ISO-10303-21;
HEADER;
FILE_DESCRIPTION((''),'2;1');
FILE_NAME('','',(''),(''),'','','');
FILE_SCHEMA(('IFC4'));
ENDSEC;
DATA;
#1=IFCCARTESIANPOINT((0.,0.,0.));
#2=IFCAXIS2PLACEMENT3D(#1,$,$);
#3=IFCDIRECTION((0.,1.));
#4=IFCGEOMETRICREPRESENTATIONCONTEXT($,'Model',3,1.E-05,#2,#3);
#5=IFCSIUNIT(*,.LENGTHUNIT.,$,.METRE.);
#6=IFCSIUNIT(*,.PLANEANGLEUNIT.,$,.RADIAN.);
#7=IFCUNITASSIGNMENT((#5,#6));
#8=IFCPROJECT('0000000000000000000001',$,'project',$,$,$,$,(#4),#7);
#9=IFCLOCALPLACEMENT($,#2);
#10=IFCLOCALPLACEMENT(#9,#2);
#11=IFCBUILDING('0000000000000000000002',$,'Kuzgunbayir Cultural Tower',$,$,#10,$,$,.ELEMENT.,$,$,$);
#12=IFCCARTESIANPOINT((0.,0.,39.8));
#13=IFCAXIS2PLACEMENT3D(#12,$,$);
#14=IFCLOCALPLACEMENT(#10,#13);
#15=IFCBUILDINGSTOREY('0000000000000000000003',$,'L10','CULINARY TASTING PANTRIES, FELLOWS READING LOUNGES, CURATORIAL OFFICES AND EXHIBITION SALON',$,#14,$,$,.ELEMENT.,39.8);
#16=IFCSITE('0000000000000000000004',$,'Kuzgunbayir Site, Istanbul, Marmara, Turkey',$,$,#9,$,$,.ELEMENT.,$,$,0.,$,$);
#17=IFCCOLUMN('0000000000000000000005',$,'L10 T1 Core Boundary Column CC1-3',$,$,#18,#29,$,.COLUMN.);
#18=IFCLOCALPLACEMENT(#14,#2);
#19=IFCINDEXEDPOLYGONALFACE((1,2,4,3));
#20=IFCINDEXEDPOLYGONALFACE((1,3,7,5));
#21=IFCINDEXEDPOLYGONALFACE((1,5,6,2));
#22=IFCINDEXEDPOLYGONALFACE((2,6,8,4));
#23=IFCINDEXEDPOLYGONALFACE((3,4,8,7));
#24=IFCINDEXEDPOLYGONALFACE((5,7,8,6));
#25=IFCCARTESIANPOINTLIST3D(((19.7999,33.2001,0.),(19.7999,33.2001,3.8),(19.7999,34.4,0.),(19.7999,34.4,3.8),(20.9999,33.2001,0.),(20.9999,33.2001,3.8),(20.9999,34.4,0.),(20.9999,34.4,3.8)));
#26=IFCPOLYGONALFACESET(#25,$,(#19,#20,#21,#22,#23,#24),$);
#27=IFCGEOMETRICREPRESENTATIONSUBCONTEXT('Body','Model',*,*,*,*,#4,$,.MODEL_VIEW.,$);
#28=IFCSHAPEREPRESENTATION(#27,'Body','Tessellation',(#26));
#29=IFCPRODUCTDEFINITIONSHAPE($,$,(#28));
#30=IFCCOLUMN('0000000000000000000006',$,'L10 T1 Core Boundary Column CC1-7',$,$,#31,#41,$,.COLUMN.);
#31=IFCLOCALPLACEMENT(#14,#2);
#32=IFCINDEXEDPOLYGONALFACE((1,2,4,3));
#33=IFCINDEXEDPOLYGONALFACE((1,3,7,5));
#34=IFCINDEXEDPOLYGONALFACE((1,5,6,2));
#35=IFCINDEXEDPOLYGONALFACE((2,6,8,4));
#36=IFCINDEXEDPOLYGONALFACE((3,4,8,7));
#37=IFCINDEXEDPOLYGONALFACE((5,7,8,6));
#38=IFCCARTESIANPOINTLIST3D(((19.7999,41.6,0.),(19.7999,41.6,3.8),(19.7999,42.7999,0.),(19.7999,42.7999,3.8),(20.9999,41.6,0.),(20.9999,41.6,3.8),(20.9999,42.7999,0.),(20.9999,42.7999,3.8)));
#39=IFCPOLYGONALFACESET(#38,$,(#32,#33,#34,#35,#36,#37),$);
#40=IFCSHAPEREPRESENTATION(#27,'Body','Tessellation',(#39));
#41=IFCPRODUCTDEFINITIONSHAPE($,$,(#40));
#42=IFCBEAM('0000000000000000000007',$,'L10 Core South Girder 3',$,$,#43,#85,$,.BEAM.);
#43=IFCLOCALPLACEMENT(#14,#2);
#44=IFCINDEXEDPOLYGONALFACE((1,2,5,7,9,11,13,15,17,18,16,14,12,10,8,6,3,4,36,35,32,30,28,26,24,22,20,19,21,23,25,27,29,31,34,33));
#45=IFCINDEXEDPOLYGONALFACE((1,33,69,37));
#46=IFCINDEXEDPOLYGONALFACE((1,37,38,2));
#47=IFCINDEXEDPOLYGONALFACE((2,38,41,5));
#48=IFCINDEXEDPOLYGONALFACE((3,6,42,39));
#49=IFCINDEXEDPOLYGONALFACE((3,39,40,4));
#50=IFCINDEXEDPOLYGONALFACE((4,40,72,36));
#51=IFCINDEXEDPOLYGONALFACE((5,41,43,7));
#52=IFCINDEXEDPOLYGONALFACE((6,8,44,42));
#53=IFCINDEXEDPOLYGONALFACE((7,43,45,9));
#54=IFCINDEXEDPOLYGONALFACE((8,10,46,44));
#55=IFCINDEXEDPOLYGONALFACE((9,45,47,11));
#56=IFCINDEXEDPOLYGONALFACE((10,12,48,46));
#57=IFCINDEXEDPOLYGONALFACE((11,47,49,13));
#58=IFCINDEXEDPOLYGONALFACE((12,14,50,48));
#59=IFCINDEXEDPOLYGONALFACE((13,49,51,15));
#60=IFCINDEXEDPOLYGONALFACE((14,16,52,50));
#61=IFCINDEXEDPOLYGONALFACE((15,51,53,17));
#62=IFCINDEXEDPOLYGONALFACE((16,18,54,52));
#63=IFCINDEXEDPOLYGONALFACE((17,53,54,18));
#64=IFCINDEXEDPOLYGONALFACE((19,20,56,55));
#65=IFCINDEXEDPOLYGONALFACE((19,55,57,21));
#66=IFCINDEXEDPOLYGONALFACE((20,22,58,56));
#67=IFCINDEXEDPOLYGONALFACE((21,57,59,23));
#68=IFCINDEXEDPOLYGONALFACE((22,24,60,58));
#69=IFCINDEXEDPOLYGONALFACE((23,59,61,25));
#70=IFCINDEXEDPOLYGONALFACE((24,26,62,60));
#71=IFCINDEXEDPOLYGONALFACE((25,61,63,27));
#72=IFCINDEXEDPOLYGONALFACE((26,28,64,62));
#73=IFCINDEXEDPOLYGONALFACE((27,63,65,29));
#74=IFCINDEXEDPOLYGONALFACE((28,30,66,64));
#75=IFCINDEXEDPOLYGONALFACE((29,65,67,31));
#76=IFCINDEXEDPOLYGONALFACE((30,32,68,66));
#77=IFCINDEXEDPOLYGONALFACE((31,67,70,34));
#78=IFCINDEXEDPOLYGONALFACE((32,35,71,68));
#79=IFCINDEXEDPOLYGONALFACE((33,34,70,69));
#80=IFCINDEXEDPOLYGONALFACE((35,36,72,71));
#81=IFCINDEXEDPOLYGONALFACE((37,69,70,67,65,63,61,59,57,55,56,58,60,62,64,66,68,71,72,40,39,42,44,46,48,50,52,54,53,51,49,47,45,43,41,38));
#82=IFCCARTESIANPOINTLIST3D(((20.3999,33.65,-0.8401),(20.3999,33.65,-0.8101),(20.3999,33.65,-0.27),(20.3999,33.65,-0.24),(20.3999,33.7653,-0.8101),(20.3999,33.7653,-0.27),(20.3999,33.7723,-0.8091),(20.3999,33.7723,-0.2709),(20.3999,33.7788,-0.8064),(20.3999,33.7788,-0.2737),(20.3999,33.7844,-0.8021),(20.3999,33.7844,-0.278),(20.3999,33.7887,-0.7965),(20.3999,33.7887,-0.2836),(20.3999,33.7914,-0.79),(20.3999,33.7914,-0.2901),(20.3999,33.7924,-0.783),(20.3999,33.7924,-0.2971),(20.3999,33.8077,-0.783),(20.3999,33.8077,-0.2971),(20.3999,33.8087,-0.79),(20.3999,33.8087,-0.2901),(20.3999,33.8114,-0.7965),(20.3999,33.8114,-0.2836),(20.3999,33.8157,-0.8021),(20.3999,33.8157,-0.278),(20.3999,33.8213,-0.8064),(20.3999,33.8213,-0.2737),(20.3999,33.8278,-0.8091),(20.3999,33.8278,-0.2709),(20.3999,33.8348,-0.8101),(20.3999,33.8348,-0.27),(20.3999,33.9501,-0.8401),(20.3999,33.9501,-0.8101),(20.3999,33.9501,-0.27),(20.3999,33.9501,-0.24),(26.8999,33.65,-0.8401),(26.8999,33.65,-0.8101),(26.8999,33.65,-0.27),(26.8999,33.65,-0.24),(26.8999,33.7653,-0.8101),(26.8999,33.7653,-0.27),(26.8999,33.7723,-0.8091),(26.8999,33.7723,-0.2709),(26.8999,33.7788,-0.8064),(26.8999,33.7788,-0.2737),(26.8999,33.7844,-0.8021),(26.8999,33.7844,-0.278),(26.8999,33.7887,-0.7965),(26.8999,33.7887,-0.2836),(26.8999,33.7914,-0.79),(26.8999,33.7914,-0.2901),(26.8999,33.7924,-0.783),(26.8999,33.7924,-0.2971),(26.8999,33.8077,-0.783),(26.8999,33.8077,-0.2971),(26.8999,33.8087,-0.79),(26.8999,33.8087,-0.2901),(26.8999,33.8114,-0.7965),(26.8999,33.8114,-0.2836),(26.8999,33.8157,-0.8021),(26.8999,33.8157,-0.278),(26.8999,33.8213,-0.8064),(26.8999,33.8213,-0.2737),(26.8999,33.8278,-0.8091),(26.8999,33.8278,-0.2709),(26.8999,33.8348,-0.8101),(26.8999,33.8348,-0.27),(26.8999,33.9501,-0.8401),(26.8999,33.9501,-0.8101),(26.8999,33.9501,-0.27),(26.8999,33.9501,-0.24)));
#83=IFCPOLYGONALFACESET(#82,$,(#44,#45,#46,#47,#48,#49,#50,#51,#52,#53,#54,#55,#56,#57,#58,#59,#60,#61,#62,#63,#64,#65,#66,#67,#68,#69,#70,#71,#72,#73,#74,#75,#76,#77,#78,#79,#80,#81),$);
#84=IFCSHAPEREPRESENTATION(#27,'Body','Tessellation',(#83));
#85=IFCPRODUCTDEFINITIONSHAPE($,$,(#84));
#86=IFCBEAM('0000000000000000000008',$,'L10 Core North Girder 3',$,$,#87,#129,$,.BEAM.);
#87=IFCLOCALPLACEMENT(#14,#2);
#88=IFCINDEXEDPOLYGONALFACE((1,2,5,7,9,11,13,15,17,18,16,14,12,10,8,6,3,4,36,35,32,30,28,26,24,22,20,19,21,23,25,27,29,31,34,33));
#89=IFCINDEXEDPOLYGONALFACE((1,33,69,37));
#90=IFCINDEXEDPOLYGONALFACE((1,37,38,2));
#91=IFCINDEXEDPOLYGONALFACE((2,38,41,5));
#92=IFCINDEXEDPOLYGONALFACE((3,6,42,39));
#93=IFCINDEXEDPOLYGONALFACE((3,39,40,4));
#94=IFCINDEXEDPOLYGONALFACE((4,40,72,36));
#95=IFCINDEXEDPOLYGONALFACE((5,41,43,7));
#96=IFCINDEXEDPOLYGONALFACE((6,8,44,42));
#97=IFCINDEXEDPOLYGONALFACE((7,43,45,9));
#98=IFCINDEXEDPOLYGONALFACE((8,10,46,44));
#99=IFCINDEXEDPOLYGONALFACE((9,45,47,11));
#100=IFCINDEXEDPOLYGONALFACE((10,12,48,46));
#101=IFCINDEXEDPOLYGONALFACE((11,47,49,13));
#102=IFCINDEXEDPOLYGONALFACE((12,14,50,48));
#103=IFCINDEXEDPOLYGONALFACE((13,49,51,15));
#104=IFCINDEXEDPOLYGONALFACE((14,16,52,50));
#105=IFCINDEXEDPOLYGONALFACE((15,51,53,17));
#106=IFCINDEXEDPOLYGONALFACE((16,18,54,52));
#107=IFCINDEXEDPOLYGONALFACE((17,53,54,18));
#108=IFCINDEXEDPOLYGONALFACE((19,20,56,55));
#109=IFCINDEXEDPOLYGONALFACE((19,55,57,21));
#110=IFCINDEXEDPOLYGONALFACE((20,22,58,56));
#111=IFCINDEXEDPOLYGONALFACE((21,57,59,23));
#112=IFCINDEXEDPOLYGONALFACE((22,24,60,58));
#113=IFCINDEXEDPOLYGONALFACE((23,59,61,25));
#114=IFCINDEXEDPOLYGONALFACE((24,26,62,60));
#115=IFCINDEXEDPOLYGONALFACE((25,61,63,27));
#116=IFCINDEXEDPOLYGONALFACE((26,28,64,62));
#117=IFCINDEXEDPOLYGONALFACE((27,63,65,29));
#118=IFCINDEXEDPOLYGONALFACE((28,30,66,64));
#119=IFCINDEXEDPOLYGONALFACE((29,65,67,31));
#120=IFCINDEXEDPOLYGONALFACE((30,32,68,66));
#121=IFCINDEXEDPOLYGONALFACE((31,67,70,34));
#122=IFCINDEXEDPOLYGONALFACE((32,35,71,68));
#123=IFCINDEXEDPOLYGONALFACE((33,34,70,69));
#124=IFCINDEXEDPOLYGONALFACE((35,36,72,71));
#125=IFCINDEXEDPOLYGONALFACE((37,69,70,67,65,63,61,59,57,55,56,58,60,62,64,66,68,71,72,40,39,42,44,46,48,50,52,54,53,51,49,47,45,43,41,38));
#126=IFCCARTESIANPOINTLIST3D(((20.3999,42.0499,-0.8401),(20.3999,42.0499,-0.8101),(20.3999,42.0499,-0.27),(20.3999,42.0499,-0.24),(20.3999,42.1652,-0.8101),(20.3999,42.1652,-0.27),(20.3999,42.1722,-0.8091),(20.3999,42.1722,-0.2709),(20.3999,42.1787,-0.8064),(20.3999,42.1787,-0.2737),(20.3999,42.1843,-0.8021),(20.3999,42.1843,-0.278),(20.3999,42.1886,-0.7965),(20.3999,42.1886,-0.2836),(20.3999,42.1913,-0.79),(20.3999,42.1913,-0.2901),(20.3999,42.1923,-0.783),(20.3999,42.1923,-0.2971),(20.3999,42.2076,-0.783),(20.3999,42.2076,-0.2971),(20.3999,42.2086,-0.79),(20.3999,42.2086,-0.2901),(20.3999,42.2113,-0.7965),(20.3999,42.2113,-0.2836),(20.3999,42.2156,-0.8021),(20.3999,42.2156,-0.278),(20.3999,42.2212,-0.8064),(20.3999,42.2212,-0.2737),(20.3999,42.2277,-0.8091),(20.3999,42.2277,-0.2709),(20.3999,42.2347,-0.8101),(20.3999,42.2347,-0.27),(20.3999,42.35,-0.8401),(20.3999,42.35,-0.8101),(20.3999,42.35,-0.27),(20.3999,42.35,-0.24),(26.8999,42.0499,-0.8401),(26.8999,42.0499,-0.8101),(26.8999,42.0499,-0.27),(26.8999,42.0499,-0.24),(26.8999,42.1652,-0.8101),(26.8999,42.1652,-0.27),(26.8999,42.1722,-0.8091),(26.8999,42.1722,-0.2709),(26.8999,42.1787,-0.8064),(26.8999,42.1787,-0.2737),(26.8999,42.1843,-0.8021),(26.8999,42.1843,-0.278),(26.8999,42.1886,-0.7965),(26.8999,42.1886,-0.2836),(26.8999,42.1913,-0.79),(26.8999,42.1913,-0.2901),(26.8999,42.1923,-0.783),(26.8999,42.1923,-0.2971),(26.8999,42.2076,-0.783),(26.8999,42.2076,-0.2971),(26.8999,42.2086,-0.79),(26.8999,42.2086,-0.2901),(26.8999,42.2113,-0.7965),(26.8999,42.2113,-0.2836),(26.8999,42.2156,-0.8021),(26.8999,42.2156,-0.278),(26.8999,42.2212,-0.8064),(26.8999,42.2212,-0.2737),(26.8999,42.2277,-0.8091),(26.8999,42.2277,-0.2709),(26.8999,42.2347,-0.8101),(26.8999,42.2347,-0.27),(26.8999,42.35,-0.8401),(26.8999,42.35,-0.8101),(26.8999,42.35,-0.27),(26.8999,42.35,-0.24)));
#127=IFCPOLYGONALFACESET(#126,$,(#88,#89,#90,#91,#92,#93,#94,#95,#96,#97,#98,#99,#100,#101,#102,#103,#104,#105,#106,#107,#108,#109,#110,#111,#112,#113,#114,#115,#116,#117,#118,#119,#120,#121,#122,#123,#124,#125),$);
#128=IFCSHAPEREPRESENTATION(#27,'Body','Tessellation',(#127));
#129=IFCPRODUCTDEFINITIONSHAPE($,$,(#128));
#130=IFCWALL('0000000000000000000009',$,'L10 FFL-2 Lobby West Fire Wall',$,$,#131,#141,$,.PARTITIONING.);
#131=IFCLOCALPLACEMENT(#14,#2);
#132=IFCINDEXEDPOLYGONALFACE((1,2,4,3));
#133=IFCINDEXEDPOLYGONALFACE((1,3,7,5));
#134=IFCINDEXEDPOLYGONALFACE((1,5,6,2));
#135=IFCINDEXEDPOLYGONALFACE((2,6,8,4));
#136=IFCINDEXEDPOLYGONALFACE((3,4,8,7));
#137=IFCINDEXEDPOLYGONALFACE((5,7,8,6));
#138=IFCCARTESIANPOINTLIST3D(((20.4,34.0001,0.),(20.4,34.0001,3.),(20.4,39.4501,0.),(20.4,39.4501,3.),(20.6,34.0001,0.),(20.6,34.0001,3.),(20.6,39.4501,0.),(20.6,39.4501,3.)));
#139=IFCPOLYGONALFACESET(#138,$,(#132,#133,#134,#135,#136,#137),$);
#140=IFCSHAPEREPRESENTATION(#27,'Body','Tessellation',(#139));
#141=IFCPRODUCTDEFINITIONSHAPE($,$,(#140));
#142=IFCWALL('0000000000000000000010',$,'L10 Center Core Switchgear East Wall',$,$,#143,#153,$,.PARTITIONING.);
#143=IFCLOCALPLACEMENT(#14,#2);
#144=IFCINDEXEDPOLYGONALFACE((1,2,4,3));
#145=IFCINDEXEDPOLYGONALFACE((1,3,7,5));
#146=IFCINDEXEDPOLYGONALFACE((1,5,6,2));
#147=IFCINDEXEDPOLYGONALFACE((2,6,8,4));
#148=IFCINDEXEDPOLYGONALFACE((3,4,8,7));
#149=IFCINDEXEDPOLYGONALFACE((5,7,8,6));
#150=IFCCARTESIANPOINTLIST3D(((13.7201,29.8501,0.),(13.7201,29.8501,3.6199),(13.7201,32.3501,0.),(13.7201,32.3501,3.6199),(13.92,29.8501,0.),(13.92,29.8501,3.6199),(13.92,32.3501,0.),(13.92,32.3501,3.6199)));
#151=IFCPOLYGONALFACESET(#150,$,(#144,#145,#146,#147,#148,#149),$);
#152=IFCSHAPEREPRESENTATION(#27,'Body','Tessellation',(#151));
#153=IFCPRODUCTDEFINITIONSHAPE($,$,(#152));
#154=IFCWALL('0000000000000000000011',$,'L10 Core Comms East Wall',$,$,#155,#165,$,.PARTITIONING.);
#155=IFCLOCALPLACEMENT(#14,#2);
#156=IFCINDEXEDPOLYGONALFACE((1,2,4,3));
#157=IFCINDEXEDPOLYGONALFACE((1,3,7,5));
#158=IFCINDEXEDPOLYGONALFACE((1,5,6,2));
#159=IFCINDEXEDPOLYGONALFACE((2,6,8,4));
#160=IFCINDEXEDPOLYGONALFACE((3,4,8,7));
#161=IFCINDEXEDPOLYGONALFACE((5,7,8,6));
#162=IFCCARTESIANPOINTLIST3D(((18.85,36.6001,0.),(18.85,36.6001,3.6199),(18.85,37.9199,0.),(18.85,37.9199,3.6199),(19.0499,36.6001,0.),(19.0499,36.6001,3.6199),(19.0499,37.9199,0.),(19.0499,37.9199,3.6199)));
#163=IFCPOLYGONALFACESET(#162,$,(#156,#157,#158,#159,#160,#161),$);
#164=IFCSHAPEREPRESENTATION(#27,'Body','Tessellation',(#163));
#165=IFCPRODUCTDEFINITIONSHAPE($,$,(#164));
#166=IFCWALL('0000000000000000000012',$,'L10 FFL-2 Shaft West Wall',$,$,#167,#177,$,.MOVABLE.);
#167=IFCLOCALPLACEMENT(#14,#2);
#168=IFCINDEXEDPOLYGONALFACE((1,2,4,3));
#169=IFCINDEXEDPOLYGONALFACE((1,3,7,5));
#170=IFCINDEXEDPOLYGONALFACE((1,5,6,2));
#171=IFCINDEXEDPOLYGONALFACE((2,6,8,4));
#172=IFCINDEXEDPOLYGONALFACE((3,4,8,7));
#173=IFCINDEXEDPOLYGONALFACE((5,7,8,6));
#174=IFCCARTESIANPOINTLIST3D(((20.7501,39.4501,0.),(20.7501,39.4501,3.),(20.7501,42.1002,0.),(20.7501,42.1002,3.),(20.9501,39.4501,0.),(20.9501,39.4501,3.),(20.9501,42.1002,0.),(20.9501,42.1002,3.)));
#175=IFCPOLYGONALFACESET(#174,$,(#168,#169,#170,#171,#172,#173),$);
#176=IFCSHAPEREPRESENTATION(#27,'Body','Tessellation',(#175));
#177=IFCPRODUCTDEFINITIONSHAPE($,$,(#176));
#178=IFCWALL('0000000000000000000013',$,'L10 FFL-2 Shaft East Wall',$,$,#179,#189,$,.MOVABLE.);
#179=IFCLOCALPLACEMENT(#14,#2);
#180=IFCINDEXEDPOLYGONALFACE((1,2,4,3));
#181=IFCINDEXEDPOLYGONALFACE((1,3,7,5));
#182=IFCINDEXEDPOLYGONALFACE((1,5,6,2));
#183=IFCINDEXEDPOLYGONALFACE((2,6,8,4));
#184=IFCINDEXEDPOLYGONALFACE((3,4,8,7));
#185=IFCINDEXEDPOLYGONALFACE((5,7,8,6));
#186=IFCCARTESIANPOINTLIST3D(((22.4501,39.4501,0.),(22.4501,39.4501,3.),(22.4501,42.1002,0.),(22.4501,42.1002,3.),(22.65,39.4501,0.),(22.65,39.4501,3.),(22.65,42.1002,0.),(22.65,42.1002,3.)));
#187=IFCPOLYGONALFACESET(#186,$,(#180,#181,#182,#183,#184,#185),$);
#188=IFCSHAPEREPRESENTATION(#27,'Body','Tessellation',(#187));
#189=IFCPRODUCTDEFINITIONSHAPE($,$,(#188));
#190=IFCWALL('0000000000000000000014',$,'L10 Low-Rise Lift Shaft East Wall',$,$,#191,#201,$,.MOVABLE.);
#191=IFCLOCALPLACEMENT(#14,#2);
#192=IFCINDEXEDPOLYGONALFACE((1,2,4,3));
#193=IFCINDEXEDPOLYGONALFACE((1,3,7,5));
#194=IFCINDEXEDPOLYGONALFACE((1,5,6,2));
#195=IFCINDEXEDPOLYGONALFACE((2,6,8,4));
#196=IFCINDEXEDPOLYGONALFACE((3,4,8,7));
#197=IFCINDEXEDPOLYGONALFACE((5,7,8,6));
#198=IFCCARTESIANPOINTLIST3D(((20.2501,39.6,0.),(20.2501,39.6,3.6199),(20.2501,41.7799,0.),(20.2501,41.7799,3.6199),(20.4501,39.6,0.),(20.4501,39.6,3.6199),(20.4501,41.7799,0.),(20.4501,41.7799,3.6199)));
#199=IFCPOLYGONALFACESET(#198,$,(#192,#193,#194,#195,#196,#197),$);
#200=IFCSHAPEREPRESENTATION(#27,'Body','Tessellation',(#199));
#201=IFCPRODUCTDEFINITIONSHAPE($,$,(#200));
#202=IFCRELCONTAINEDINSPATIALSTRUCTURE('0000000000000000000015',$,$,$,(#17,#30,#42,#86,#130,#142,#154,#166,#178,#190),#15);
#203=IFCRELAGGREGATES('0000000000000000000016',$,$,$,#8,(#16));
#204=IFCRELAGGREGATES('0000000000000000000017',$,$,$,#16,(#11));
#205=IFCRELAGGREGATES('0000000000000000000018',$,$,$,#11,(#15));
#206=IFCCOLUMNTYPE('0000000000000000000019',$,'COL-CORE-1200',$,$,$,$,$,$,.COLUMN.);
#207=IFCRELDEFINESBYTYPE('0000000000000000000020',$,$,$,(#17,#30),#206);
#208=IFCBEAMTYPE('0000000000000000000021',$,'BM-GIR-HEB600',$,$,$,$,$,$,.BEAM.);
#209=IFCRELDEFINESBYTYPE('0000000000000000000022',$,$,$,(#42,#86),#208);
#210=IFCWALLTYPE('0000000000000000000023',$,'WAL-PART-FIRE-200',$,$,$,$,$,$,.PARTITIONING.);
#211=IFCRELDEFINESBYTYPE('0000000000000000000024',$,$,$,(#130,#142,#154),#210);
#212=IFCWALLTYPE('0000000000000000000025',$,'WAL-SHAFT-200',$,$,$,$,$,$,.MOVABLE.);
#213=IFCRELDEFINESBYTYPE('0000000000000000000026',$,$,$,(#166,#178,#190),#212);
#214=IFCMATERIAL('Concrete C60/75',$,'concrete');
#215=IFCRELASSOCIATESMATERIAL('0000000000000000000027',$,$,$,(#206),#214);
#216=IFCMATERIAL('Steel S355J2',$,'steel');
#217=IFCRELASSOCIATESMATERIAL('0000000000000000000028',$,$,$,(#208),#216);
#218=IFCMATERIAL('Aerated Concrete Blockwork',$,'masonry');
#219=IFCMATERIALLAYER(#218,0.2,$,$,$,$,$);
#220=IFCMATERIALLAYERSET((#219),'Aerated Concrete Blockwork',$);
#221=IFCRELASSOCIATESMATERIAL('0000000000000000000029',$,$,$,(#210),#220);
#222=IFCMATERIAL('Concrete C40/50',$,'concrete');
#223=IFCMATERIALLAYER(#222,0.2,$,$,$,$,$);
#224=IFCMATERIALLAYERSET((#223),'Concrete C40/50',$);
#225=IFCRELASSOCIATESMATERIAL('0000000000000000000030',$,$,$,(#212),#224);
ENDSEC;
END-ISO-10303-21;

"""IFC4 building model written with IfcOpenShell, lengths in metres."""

from ifc_helpers import new_model, si_unit, direction, frame, frame_2d, origin, origin_2d, place, context, subcontext, project, spatial, rectangle, i_section, extrude, material, layer, layer_set, material_profile, profile_set, type_object, element, save


model = new_model("IFC4")

# Units and contexts
model_context = context("Model", 3, precision=1e-05, world=origin(), true_north=direction((0.0, 1.0)))
body_context = subcontext(model_context, "Body", "Model", "MODEL_VIEW")
ifc_project = project(units=[si_unit("LENGTHUNIT", "METRE"), si_unit("PLANEANGLEUNIT", "RADIAN")], contexts=[model_context])

# Site, building, storey
site_placement = place(None, origin())
site = spatial("IfcSite", under=ifc_project, at=site_placement, Name="Kuzgunbayir Site, Istanbul, Marmara, Turkey", CompositionType="ELEMENT", RefElevation=0.0)
building_placement = place(site_placement, origin())
building = spatial("IfcBuilding", under=site, at=building_placement, Name="Kuzgunbayir Cultural Tower", CompositionType="ELEMENT")
storey_placement = place(building_placement, frame((0.0, 0.0, 39.8)))
storey = spatial("IfcBuildingStorey", under=building, at=storey_placement, Name="L10", Description="CULINARY TASTING PANTRIES, FELLOWS READING LOUNGES, CURATORIAL OFFICES AND EXHIBITION SALON", CompositionType="ELEMENT", Elevation=39.8)

# Columns
ifc_material_1 = material(Name="Concrete C60/75", Category="concrete")
ifc_material_profile_1 = material_profile(ifc_material_1, rectangle(XDim=1.2, YDim=1.2, at=origin_2d()), Name="RC 1200x1200")
ifc_profile_set_1 = profile_set([ifc_material_profile_1], Name="Concrete C60/75")
column_type = type_object("IfcColumnType", Name="COL-CORE-1200", PredefinedType="COLUMN", material=ifc_profile_set_1)
for number, where, z_axis, x_axis, name in (
    (1, (20.3999, 33.8, 0.0), (0.0, 0.0, 1.0), (1.0, 0.0, 0.0), "L10 T1 Core Boundary Column CC1-3"),
    (2, (20.3999, 42.2, 0.0), (0.0, 0.0, 1.0), (1.0, 0.0, 0.0), "L10 T1 Core Boundary Column CC1-7"),
):
    element("IfcColumn", number, at=place(storey_placement, frame(where, z_axis=z_axis, x_axis=x_axis)), inside=storey, type_object=column_type, Name=name, PredefinedType="COLUMN", context=body_context, shape_type="SweptSolid", body=[
        extrude(rectangle(XDim=1.2, YDim=1.2, at=origin_2d()), origin(), (0.0, 0.0, 1.0), 3.8),
    ])

# Beams
ifc_material_2 = material(Name="Steel S355J2", Category="steel")
ifc_material_profile_2 = material_profile(ifc_material_2, i_section(OverallWidth=0.3, OverallDepth=0.6001, WebThickness=0.0154, FlangeThickness=0.03, FilletRadius=0.0271, at=origin_2d()), Name="HEB 600")
ifc_profile_set_2 = profile_set([ifc_material_profile_2], Name="Steel S355J2")
beam_type = type_object("IfcBeamType", Name="BM-GIR-HEB600", PredefinedType="BEAM", material=ifc_profile_set_2)
for number, where, z_axis, x_axis, name in (
    (3, (20.3999, 33.8, -0.54), (1.0, 0.0, 0.0), (0.0, 1.0, 0.0), "L10 Core South Girder 3"),
    (4, (20.3999, 42.2, -0.54), (1.0, 0.0, 0.0), (0.0, 1.0, 0.0), "L10 Core North Girder 3"),
):
    element("IfcBeam", number, at=place(storey_placement, frame(where, z_axis=z_axis, x_axis=x_axis)), inside=storey, type_object=beam_type, Name=name, PredefinedType="BEAM", context=body_context, shape_type="SweptSolid", body=[
        extrude(i_section(OverallWidth=0.3, OverallDepth=0.6001, WebThickness=0.0154, FlangeThickness=0.03, FilletRadius=0.0271, at=origin_2d()), origin(), (0.0, 0.0, 1.0), 6.5),
    ])

# Wall
ifc_material_3 = material(Name="Aerated Concrete Blockwork", Category="masonry")
ifc_layer_1 = layer(ifc_material_3, 0.2)
ifc_layer_set_1 = layer_set([ifc_layer_1], Name="Aerated Concrete Blockwork")
wall_type_1 = type_object("IfcWallType", Name="WAL-PART-FIRE-200", PredefinedType="PARTITIONING", material=ifc_layer_set_1)
wall_1_placement = place(storey_placement, frame((20.5, 34.0, 0.0), z_axis=(0.0, 0.0, 1.0), x_axis=(0.0, 1.0, 0.0)))
element("IfcWall", 5, at=wall_1_placement, inside=storey, type_object=wall_type_1, Name="L10 FFL-2 Lobby West Fire Wall", PredefinedType="PARTITIONING", context=body_context, shape_type="SweptSolid", body=[
    extrude(rectangle(XDim=5.45, YDim=0.2, at=frame_2d((2.7251, 0.0))), origin(), (0.0, 0.0, 1.0), 3.0),
])

# Walls
wall_2_placement = place(storey_placement, frame((13.8201, 29.8501, 0.0), z_axis=(0.0, 0.0, 1.0), x_axis=(0.0, 1.0, 0.0)))
element("IfcWall", 6, at=wall_2_placement, inside=storey, type_object=wall_type_1, Name="L10 Center Core Switchgear East Wall", PredefinedType="PARTITIONING", context=body_context, shape_type="SweptSolid", body=[
    extrude(rectangle(XDim=2.5, YDim=0.2, at=frame_2d((1.25, 0.0))), origin(), (0.0, 0.0, 1.0), 3.6199),
])
wall_3_placement = place(storey_placement, frame((18.95, 36.6001, 0.0), z_axis=(0.0, 0.0, 1.0), x_axis=(0.0, 1.0, 0.0)))
element("IfcWall", 7, at=wall_3_placement, inside=storey, type_object=wall_type_1, Name="L10 Core Comms East Wall", PredefinedType="PARTITIONING", context=body_context, shape_type="SweptSolid", body=[
    extrude(rectangle(XDim=1.3198, YDim=0.2, at=frame_2d((0.6599, 0.0))), origin(), (0.0, 0.0, 1.0), 3.6199),
])

# Shared definitions
ifc_material_4 = material(Name="Concrete C40/50", Category="concrete")
ifc_layer_2 = layer(ifc_material_4, 0.2)
ifc_layer_set_2 = layer_set([ifc_layer_2], Name="Concrete C40/50")
wall_type_2 = type_object("IfcWallType", Name="WAL-SHAFT-200", PredefinedType="MOVABLE", material=ifc_layer_set_2)

# Walls
for number, where, z_axis, x_axis, name in (
    (8, (20.8501, 39.45, 0.0), (0.0, 0.0, 1.0), (0.0, 1.0, 0.0), "L10 FFL-2 Shaft West Wall"),
    (9, (22.55, 39.45, 0.0), (0.0, 0.0, 1.0), (0.0, 1.0, 0.0), "L10 FFL-2 Shaft East Wall"),
):
    element("IfcWall", number, at=place(storey_placement, frame(where, z_axis=z_axis, x_axis=x_axis)), inside=storey, type_object=wall_type_2, Name=name, PredefinedType="MOVABLE", context=body_context, shape_type="SweptSolid", body=[
        extrude(rectangle(XDim=2.6501, YDim=0.2, at=frame_2d((1.3252, 0.0))), origin(), (0.0, 0.0, 1.0), 3.0),
    ])
wall_4_placement = place(storey_placement, frame((20.3501, 39.6001, 0.0), z_axis=(0.0, 0.0, 1.0), x_axis=(0.0, 1.0, 0.0)))
element("IfcWall", 10, at=wall_4_placement, inside=storey, type_object=wall_type_2, Name="L10 Low-Rise Lift Shaft East Wall", PredefinedType="MOVABLE", context=body_context, shape_type="SweptSolid", body=[
    extrude(rectangle(XDim=2.1799, YDim=0.2, at=frame_2d((1.0898, 0.0))), origin(), (0.0, 0.0, 1.0), 3.6199),
])

save(model, "model.ifc")
